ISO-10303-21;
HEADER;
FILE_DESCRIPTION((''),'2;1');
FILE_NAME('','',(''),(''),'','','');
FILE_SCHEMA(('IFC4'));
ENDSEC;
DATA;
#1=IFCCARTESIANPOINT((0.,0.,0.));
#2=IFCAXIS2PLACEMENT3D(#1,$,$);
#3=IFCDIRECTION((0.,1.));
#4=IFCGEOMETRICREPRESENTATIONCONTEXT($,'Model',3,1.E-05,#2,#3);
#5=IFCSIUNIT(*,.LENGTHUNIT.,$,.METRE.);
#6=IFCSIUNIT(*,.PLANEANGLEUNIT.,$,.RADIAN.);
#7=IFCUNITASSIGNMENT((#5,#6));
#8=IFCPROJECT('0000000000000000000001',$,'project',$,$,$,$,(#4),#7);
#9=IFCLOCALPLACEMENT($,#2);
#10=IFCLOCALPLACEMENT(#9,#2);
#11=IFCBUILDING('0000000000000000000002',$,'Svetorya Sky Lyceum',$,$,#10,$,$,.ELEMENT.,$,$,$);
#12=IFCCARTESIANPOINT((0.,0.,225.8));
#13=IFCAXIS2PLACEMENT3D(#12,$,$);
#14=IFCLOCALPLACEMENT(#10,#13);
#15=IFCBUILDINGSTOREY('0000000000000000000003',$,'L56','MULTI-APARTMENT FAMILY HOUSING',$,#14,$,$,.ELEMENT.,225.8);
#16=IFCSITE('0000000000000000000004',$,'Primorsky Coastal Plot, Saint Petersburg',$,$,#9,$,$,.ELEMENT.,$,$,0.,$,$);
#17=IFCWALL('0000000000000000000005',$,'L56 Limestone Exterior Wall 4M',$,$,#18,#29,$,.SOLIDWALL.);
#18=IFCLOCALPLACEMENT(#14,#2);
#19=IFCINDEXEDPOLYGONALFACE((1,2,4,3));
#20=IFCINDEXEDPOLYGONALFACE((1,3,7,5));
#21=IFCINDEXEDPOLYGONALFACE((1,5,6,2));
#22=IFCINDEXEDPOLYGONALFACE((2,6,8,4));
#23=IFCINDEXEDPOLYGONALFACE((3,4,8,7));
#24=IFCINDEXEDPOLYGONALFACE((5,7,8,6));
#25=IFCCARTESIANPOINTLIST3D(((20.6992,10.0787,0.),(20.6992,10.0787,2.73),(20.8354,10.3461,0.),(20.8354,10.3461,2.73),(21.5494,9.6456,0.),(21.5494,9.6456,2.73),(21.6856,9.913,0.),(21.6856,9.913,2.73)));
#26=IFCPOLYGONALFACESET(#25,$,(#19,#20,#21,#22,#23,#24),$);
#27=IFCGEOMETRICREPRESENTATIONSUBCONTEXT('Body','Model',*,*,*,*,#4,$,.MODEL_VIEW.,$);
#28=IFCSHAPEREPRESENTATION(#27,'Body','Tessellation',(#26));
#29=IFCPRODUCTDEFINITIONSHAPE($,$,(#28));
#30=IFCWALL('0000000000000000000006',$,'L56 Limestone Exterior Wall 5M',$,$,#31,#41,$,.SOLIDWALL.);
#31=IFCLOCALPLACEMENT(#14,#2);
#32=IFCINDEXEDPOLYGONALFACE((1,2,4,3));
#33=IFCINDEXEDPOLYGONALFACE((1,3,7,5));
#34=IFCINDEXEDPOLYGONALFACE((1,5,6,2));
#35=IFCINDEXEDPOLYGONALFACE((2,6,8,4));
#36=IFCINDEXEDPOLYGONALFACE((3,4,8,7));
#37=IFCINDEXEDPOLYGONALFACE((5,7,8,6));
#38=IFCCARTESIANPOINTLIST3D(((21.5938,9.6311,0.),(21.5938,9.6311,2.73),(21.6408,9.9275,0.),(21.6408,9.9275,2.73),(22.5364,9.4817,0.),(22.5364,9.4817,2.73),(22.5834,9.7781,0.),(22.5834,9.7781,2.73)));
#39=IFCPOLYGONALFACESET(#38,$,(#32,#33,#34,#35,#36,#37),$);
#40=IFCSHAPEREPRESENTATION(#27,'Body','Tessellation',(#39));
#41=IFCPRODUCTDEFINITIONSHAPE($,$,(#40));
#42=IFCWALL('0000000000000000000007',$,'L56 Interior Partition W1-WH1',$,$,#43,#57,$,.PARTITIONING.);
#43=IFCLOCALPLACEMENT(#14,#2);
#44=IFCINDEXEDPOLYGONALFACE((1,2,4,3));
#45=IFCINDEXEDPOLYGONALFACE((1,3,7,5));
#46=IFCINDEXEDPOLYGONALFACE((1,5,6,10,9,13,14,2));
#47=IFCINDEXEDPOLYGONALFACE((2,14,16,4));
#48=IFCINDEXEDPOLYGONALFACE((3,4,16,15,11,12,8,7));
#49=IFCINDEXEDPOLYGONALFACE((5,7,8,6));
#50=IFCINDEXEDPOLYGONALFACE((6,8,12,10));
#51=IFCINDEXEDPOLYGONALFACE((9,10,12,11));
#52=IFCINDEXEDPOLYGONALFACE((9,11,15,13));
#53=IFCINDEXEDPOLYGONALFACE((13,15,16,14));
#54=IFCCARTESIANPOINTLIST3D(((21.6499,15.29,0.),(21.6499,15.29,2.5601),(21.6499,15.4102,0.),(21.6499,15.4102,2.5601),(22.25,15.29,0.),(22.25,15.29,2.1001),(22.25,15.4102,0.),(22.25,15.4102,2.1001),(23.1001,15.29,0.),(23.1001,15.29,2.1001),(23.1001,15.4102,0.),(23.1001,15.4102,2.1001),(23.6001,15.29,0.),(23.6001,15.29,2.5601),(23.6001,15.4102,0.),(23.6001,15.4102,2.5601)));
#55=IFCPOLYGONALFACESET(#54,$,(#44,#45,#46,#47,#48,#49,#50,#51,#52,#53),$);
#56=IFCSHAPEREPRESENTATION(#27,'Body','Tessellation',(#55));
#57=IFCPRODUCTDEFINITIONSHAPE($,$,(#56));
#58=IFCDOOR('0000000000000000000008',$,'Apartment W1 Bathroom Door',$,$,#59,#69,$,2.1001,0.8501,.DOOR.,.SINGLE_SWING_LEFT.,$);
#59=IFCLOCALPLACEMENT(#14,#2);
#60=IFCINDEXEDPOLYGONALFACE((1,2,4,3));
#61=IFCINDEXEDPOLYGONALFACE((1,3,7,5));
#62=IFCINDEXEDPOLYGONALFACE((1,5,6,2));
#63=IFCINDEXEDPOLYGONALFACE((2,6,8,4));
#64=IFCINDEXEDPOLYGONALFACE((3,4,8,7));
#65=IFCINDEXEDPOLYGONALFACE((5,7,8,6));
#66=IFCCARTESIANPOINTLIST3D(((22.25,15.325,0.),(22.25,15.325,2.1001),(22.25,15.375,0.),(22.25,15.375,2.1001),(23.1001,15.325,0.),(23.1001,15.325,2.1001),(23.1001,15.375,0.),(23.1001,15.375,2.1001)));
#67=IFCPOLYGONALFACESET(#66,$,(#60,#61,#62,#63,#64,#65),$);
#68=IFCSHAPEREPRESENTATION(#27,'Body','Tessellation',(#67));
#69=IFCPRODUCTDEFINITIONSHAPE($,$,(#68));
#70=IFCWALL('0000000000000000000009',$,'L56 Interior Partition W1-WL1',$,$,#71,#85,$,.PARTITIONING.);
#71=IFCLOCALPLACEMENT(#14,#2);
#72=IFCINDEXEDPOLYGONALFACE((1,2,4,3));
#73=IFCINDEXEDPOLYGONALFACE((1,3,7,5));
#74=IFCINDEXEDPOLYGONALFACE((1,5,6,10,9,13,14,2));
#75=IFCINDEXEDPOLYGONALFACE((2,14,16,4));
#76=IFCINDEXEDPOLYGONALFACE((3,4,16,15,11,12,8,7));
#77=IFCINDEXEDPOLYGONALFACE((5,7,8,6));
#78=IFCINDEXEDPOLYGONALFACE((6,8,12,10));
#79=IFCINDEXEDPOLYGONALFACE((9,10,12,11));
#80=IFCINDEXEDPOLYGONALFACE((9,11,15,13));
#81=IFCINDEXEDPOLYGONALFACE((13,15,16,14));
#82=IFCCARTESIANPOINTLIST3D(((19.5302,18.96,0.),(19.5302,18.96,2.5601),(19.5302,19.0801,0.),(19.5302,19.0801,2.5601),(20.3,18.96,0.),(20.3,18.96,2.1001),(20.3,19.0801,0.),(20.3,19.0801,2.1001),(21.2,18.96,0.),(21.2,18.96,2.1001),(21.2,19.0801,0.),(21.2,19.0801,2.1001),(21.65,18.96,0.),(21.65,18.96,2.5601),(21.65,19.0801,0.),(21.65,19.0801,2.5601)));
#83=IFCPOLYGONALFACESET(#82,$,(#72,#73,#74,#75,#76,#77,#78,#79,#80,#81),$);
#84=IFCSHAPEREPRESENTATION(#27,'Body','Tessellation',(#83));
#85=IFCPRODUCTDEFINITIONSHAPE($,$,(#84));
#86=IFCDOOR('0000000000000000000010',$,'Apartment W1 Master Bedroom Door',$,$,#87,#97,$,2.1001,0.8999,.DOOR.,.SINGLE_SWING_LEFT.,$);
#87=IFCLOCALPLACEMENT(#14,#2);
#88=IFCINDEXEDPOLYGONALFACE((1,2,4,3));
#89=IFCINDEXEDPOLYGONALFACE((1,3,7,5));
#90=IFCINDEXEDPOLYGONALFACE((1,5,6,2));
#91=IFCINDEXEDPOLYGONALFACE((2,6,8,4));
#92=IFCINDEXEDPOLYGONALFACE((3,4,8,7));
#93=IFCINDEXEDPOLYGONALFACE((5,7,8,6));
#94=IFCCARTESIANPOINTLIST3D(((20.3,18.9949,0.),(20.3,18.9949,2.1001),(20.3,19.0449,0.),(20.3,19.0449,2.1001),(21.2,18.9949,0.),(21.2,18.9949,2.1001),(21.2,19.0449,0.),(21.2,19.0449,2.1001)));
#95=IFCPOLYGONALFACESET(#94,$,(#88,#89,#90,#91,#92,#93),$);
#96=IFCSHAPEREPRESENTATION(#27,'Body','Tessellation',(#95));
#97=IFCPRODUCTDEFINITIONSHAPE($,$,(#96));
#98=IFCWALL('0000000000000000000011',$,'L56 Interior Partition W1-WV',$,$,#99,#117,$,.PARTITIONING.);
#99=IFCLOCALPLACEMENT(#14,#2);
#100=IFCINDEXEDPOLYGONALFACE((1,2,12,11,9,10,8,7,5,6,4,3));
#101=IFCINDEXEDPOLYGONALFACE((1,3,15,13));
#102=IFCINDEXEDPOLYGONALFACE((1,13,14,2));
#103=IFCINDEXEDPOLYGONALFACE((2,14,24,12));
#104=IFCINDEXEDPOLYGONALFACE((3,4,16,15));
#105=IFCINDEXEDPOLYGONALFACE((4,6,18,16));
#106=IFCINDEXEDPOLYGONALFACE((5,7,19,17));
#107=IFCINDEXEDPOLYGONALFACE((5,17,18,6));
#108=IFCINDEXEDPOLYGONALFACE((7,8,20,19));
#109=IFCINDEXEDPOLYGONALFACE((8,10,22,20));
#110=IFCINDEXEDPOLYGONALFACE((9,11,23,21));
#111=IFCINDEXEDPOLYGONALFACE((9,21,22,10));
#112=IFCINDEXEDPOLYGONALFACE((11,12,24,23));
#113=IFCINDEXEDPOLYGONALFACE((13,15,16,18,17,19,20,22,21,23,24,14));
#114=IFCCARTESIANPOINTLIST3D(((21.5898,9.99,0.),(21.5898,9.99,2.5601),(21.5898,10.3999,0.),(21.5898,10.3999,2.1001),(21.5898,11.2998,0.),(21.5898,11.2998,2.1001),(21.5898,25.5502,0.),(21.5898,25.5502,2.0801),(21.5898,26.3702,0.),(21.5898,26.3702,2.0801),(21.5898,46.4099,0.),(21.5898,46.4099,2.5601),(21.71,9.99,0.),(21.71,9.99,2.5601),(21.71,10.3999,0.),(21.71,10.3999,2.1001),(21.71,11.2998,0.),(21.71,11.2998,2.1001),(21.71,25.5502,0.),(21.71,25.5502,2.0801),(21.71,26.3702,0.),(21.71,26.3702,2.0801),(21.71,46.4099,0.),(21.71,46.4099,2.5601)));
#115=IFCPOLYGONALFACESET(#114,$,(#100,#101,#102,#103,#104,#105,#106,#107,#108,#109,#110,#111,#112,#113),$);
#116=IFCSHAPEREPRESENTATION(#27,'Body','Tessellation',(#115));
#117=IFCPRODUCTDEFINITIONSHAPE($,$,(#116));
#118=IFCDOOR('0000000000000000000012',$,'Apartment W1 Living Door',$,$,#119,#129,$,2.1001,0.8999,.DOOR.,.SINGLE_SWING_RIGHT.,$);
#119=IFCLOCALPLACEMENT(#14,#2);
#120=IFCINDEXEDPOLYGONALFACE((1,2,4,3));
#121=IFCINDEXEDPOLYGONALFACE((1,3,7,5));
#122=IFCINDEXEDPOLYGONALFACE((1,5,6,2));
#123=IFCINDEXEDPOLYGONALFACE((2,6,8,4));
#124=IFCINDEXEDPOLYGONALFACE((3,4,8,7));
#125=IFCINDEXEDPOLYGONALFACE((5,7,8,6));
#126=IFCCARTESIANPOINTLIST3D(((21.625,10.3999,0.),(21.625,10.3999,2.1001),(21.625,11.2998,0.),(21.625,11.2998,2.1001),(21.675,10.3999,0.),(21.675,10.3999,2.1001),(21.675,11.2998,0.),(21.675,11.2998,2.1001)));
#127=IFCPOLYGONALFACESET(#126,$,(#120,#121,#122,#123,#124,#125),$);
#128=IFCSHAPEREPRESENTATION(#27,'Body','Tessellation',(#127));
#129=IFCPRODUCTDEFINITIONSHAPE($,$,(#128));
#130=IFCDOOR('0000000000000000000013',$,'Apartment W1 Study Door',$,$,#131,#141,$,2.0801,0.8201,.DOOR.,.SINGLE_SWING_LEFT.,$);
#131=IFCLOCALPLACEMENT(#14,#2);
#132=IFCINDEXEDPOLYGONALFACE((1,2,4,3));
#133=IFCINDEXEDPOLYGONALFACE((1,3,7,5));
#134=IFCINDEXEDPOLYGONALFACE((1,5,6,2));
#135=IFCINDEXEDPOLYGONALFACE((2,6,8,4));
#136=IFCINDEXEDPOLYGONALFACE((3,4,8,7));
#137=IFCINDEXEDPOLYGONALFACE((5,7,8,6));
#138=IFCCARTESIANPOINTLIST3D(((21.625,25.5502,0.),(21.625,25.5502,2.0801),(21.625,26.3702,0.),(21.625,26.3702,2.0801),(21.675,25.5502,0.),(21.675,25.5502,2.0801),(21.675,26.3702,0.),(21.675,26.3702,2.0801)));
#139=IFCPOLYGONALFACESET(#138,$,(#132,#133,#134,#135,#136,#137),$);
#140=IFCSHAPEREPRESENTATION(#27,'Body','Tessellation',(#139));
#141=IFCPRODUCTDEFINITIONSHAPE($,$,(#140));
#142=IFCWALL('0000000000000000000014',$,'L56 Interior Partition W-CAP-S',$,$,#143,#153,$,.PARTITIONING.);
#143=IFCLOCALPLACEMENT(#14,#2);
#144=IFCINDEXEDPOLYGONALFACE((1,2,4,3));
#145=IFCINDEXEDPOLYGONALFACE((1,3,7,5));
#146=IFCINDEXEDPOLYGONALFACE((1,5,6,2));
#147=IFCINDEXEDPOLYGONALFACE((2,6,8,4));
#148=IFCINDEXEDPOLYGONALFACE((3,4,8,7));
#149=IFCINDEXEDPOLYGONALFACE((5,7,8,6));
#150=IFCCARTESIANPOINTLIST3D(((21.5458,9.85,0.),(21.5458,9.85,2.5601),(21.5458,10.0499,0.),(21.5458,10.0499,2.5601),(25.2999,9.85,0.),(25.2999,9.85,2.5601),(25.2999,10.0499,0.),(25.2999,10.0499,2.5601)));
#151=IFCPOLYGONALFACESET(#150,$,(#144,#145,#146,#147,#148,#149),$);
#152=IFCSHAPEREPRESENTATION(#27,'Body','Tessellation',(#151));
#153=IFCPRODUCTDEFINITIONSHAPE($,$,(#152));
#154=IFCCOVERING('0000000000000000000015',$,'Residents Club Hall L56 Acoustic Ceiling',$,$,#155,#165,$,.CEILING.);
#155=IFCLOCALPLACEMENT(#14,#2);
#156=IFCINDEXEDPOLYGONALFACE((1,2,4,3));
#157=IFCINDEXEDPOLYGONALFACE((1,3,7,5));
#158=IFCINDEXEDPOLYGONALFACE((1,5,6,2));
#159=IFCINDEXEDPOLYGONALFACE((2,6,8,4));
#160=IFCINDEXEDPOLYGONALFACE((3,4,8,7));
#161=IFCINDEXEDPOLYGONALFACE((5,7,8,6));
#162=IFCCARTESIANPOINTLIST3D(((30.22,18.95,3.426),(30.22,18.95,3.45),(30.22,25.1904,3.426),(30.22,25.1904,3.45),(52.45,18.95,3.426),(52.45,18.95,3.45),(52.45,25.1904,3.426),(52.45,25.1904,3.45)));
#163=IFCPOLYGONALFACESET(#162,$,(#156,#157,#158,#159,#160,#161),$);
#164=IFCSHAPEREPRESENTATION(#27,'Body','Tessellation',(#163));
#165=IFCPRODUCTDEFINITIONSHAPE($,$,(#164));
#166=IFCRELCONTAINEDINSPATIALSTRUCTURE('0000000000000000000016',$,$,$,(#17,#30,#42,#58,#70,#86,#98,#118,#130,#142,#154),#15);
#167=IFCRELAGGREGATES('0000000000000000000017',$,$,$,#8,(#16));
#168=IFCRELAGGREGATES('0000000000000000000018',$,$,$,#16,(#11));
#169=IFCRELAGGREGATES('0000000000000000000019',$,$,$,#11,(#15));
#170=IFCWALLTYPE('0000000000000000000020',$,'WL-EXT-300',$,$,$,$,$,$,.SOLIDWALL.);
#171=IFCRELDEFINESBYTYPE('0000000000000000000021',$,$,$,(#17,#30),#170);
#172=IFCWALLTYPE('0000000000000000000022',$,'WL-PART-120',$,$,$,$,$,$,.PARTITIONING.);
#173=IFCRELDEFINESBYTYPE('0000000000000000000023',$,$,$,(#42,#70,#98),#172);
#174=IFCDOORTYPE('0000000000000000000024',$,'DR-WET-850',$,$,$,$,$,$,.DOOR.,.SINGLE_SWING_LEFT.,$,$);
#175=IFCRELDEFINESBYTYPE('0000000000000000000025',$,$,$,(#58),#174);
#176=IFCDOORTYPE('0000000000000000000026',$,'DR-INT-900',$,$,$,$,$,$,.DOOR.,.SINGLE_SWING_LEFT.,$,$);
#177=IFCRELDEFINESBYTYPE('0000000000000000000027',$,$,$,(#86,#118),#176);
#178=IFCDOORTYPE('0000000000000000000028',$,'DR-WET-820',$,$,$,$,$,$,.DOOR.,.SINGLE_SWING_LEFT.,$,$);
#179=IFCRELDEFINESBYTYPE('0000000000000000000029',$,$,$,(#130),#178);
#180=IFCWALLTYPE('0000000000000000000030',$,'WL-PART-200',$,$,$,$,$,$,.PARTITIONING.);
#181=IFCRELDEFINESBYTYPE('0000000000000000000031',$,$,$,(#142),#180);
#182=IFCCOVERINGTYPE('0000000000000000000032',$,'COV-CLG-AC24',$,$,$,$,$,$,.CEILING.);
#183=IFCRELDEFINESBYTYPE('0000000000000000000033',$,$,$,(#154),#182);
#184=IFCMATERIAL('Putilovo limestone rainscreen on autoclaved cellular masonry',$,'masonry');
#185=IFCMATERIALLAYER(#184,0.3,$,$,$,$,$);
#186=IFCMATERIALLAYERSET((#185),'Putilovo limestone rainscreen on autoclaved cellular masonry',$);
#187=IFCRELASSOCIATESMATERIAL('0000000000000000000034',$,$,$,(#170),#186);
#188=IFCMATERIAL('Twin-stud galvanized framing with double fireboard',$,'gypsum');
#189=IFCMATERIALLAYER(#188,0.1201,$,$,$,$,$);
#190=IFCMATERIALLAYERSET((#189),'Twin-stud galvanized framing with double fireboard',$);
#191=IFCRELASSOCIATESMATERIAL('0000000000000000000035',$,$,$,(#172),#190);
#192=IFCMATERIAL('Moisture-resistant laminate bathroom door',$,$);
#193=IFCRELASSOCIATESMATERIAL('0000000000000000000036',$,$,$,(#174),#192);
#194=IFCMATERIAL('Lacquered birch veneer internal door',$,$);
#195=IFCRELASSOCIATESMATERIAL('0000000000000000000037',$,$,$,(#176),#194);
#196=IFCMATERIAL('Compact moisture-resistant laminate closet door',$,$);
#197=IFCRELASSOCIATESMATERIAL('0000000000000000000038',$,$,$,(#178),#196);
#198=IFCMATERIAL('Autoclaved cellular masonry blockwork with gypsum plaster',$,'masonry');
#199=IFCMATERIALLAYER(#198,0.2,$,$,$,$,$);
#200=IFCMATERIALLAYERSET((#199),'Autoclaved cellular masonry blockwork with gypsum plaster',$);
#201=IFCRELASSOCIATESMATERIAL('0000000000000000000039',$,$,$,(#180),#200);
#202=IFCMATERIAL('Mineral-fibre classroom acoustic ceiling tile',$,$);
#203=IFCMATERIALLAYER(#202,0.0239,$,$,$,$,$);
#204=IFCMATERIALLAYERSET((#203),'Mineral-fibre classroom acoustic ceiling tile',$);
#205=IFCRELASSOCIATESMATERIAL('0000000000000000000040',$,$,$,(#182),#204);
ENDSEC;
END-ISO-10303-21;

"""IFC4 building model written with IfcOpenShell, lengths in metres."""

from ifc_helpers import new_model, si_unit, direction, frame, frame_2d, origin, place, context, subcontext, project, spatial, polyline, rectangle, outline, extrude, material, layer, layer_set, type_object, element, fill, save


model = new_model("IFC4")

# Units and contexts
model_context = context("Model", 3, precision=1e-05, world=origin(), true_north=direction((0.0, 1.0)))
body_context = subcontext(model_context, "Body", "Model", "MODEL_VIEW")
ifc_project = project(units=[si_unit("LENGTHUNIT", "METRE"), si_unit("PLANEANGLEUNIT", "RADIAN")], contexts=[model_context])

# Site, building, storey
site_placement = place(None, origin())
site = spatial("IfcSite", under=ifc_project, at=site_placement, Name="Primorsky Coastal Plot, Saint Petersburg", CompositionType="ELEMENT", RefElevation=0.0)
building_placement = place(site_placement, origin())
building = spatial("IfcBuilding", under=site, at=building_placement, Name="Svetorya Sky Lyceum", CompositionType="ELEMENT")
storey_placement = place(building_placement, frame((0.0, 0.0, 225.8)))
storey = spatial("IfcBuildingStorey", under=building, at=storey_placement, Name="L56", Description="MULTI-APARTMENT FAMILY HOUSING", CompositionType="ELEMENT", Elevation=225.8)

# Walls
ifc_material_1 = material(Name="Putilovo limestone rainscreen on autoclaved cellular masonry", Category="masonry")
ifc_layer_1 = layer(ifc_material_1, 0.3)
ifc_layer_set_1 = layer_set([ifc_layer_1], Name="Putilovo limestone rainscreen on autoclaved cellular masonry")
wall_type_1 = type_object("IfcWallType", Name="WL-EXT-300", PredefinedType="SOLIDWALL", material=ifc_layer_set_1)
wall_1_placement = place(storey_placement, frame((20.7673, 10.2124, 0.0), z_axis=(0.0, 0.0, 1.0), x_axis=(0.891024, -0.453956, 0.0)))
element("IfcWall", 1, at=wall_1_placement, inside=storey, type_object=wall_type_1, Name="L56 Limestone Exterior Wall 4M", PredefinedType="SOLIDWALL", context=body_context, shape_type="SweptSolid", body=[
    extrude(rectangle(XDim=0.9541, YDim=0.3, at=frame_2d((0.4771, 0.0))), origin(), (0.0, 0.0, 1.0), 2.73),
])
wall_2_placement = place(storey_placement, frame((21.6174, 9.7793, 0.0), z_axis=(0.0, 0.0, 1.0), x_axis=(0.987669, -0.156554, 0.0)))
element("IfcWall", 2, at=wall_2_placement, inside=storey, type_object=wall_type_1, Name="L56 Limestone Exterior Wall 5M", PredefinedType="SOLIDWALL", context=body_context, shape_type="SweptSolid", body=[
    extrude(rectangle(XDim=0.9543, YDim=0.3, at=frame_2d((0.4771, 0.0))), origin(), (0.0, 0.0, 1.0), 2.73),
])

# Walls, openings, doors
ifc_material_2 = material(Name="Twin-stud galvanized framing with double fireboard", Category="gypsum")
ifc_layer_2 = layer(ifc_material_2, 0.1201)
ifc_layer_set_2 = layer_set([ifc_layer_2], Name="Twin-stud galvanized framing with double fireboard")
wall_type_2 = type_object("IfcWallType", Name="WL-PART-120", PredefinedType="PARTITIONING", material=ifc_layer_set_2)
wall_3_placement = place(storey_placement, frame((21.6499, 15.3501, 0.0), z_axis=(0.0, 0.0, 1.0), x_axis=(1.0, 0.0, 0.0)))
wall_3 = element("IfcWall", 3, at=wall_3_placement, inside=storey, type_object=wall_type_2, Name="L56 Interior Partition W1-WH1", PredefinedType="PARTITIONING", context=body_context, shape_type="SweptSolid", body=[
    extrude(rectangle(XDim=1.9502, YDim=0.1201, at=frame_2d((0.9751, 0.0))), origin(), (0.0, 0.0, 1.0), 2.5601),
])
opening_1_placement = place(wall_3_placement, frame((0.6001, 0.0, 0.0)))
opening_1 = element("IfcOpeningElement", 4, at=opening_1_placement, cuts=wall_3, PredefinedType="OPENING", context=body_context, shape_type="SweptSolid", body=[
    extrude(rectangle(XDim=0.8501, YDim=2.1001, at=frame_2d((0.425, 1.05))), frame((0.0, 0.0701, 0.0), z_axis=(0.0, -1.0, 0.0), x_axis=(1.0, 0.0, 0.0)), (0.0, 0.0, 1.0), 0.1401),
])
ifc_material_3 = material(Name="Moisture-resistant laminate bathroom door")
door_type_1 = type_object("IfcDoorType", Name="DR-WET-850", OperationType="SINGLE_SWING_LEFT", PredefinedType="DOOR", material=ifc_material_3)
door_1_placement = place(opening_1_placement, origin())
door_1 = element("IfcDoor", 5, at=door_1_placement, inside=storey, type_object=door_type_1, Name="Apartment W1 Bathroom Door", OperationType="SINGLE_SWING_LEFT", OverallHeight=2.1001, OverallWidth=0.8501, PredefinedType="DOOR", context=body_context, shape_type="SweptSolid", body=[
    extrude(rectangle(XDim=0.8501, YDim=2.1001, at=frame_2d((0.425, 1.05))), frame((0.0, 0.0249, 0.0), z_axis=(0.0, -1.0, 0.0), x_axis=(1.0, 0.0, 0.0)), (0.0, 0.0, 1.0), 0.05),
])
fill(opening_1, door_1)
wall_4_placement = place(storey_placement, frame((19.53, 19.02, 0.0), z_axis=(0.0, 0.0, 1.0), x_axis=(1.0, 0.0, 0.0)))
wall_4 = element("IfcWall", 6, at=wall_4_placement, inside=storey, type_object=wall_type_2, Name="L56 Interior Partition W1-WL1", PredefinedType="PARTITIONING", context=body_context, shape_type="SweptSolid", body=[
    extrude(rectangle(XDim=2.1199, YDim=0.1201, at=frame_2d((1.0601, 0.0))), origin(), (0.0, 0.0, 1.0), 2.5601),
])
opening_2_placement = place(wall_4_placement, frame((0.77, 0.0, 0.0)))
opening_2 = element("IfcOpeningElement", 7, at=opening_2_placement, cuts=wall_4, PredefinedType="OPENING", context=body_context, shape_type="SweptSolid", body=[
    extrude(rectangle(XDim=0.8999, YDim=2.1001, at=frame_2d((0.45, 1.05))), frame((0.0, 0.0701, 0.0), z_axis=(0.0, -1.0, 0.0), x_axis=(1.0, 0.0, 0.0)), (0.0, 0.0, 1.0), 0.1401),
])
ifc_material_4 = material(Name="Lacquered birch veneer internal door")
door_type_2 = type_object("IfcDoorType", Name="DR-INT-900", OperationType="SINGLE_SWING_LEFT", PredefinedType="DOOR", material=ifc_material_4)
door_2_placement = place(opening_2_placement, origin())
door_2 = element("IfcDoor", 8, at=door_2_placement, inside=storey, type_object=door_type_2, Name="Apartment W1 Master Bedroom Door", OperationType="SINGLE_SWING_LEFT", OverallHeight=2.1001, OverallWidth=0.8999, PredefinedType="DOOR", context=body_context, shape_type="SweptSolid", body=[
    extrude(rectangle(XDim=0.8999, YDim=2.1001, at=frame_2d((0.45, 1.05))), frame((0.0, 0.0249, 0.0), z_axis=(0.0, -1.0, 0.0), x_axis=(1.0, 0.0, 0.0)), (0.0, 0.0, 1.0), 0.05),
])
fill(opening_2, door_2)

# Wall, openings, doors
wall_5_placement = place(storey_placement, frame((21.6499, 9.99, 0.0), z_axis=(0.0, 0.0, 1.0), x_axis=(0.0, 1.0, 0.0)))
wall_5 = element("IfcWall", 9, at=wall_5_placement, inside=storey, type_object=wall_type_2, Name="L56 Interior Partition W1-WV", PredefinedType="PARTITIONING", context=body_context, shape_type="SweptSolid", body=[
    extrude(rectangle(XDim=36.4199, YDim=0.1201, at=frame_2d((18.21, 0.0))), origin(), (0.0, 0.0, 1.0), 2.5601),
])
opening_3_placement = place(wall_5_placement, frame((0.4099, 0.0, 0.0)))
opening_3 = element("IfcOpeningElement", 10, at=opening_3_placement, cuts=wall_5, PredefinedType="OPENING", context=body_context, shape_type="SweptSolid", body=[
    extrude(rectangle(XDim=0.8999, YDim=2.1001, at=frame_2d((0.45, 1.05))), frame((0.0, 0.0701, 0.0), z_axis=(0.0, -1.0, 0.0), x_axis=(1.0, 0.0, 0.0)), (0.0, 0.0, 1.0), 0.1401),
])
opening_4_placement = place(wall_5_placement, frame((15.5601, 0.0, 0.0)))
opening_4 = element("IfcOpeningElement", 11, at=opening_4_placement, cuts=wall_5, PredefinedType="OPENING", context=body_context, shape_type="SweptSolid", body=[
    extrude(rectangle(XDim=0.8201, YDim=2.0801, at=frame_2d((0.4102, 1.04))), frame((0.0, 0.0701, 0.0), z_axis=(0.0, -1.0, 0.0), x_axis=(1.0, 0.0, 0.0)), (0.0, 0.0, 1.0), 0.1401),
])
door_3_placement = place(opening_3_placement, origin())
door_3 = element("IfcDoor", 12, at=door_3_placement, inside=storey, type_object=door_type_2, Name="Apartment W1 Living Door", OperationType="SINGLE_SWING_RIGHT", OverallHeight=2.1001, OverallWidth=0.8999, PredefinedType="DOOR", context=body_context, shape_type="SweptSolid", body=[
    extrude(rectangle(XDim=0.8999, YDim=2.1001, at=frame_2d((0.45, 1.05))), frame((0.0, 0.0249, 0.0), z_axis=(0.0, -1.0, 0.0), x_axis=(1.0, 0.0, 0.0)), (0.0, 0.0, 1.0), 0.05),
])
fill(opening_3, door_3)
ifc_material_5 = material(Name="Compact moisture-resistant laminate closet door")
door_type_3 = type_object("IfcDoorType", Name="DR-WET-820", OperationType="SINGLE_SWING_LEFT", PredefinedType="DOOR", material=ifc_material_5)
door_4_placement = place(opening_4_placement, origin())
door_4 = element("IfcDoor", 13, at=door_4_placement, inside=storey, type_object=door_type_3, Name="Apartment W1 Study Door", OperationType="SINGLE_SWING_LEFT", OverallHeight=2.0801, OverallWidth=0.8201, PredefinedType="DOOR", context=body_context, shape_type="SweptSolid", body=[
    extrude(rectangle(XDim=0.8201, YDim=2.0801, at=frame_2d((0.4102, 1.04))), frame((0.0, 0.0249, 0.0), z_axis=(0.0, -1.0, 0.0), x_axis=(1.0, 0.0, 0.0)), (0.0, 0.0, 1.0), 0.05),
])
fill(opening_4, door_4)

# Wall
ifc_material_6 = material(Name="Autoclaved cellular masonry blockwork with gypsum plaster", Category="masonry")
ifc_layer_3 = layer(ifc_material_6, 0.2)
ifc_layer_set_3 = layer_set([ifc_layer_3], Name="Autoclaved cellular masonry blockwork with gypsum plaster")
wall_type_3 = type_object("IfcWallType", Name="WL-PART-200", PredefinedType="PARTITIONING", material=ifc_layer_set_3)
wall_6_placement = place(storey_placement, frame((21.5459, 9.95, 0.0), z_axis=(0.0, 0.0, 1.0), x_axis=(1.0, 0.0, 0.0)))
element("IfcWall", 14, at=wall_6_placement, inside=storey, type_object=wall_type_3, Name="L56 Interior Partition W-CAP-S", PredefinedType="PARTITIONING", context=body_context, shape_type="SweptSolid", body=[
    extrude(rectangle(XDim=3.7542, YDim=0.2, at=frame_2d((1.877, 0.0))), origin(), (0.0, 0.0, 1.0), 2.5601),
])

# Covering
ifc_material_7 = material(Name="Mineral-fibre classroom acoustic ceiling tile")
ifc_layer_4 = layer(ifc_material_7, 0.0239)
ifc_layer_set_4 = layer_set([ifc_layer_4], Name="Mineral-fibre classroom acoustic ceiling tile")
covering_type_1 = type_object("IfcCoveringType", Name="COV-CLG-AC24", PredefinedType="CEILING", material=ifc_layer_set_4)
covering_1_placement = place(storey_placement, frame((0.0, 0.0, 3.426)))
element("IfcCovering", 15, at=covering_1_placement, inside=storey, type_object=covering_type_1, Name="Residents Club Hall L56 Acoustic Ceiling", PredefinedType="CEILING", context=body_context, shape_type="SweptSolid", body=[
    extrude(outline(polyline([(30.22, 18.95), (52.45, 18.95), (52.45, 25.1904), (30.22, 25.1904), (30.22, 18.95)])), origin(), (0.0, 0.0, 1.0), 0.0239),
])

save(model, "model.ifc")
